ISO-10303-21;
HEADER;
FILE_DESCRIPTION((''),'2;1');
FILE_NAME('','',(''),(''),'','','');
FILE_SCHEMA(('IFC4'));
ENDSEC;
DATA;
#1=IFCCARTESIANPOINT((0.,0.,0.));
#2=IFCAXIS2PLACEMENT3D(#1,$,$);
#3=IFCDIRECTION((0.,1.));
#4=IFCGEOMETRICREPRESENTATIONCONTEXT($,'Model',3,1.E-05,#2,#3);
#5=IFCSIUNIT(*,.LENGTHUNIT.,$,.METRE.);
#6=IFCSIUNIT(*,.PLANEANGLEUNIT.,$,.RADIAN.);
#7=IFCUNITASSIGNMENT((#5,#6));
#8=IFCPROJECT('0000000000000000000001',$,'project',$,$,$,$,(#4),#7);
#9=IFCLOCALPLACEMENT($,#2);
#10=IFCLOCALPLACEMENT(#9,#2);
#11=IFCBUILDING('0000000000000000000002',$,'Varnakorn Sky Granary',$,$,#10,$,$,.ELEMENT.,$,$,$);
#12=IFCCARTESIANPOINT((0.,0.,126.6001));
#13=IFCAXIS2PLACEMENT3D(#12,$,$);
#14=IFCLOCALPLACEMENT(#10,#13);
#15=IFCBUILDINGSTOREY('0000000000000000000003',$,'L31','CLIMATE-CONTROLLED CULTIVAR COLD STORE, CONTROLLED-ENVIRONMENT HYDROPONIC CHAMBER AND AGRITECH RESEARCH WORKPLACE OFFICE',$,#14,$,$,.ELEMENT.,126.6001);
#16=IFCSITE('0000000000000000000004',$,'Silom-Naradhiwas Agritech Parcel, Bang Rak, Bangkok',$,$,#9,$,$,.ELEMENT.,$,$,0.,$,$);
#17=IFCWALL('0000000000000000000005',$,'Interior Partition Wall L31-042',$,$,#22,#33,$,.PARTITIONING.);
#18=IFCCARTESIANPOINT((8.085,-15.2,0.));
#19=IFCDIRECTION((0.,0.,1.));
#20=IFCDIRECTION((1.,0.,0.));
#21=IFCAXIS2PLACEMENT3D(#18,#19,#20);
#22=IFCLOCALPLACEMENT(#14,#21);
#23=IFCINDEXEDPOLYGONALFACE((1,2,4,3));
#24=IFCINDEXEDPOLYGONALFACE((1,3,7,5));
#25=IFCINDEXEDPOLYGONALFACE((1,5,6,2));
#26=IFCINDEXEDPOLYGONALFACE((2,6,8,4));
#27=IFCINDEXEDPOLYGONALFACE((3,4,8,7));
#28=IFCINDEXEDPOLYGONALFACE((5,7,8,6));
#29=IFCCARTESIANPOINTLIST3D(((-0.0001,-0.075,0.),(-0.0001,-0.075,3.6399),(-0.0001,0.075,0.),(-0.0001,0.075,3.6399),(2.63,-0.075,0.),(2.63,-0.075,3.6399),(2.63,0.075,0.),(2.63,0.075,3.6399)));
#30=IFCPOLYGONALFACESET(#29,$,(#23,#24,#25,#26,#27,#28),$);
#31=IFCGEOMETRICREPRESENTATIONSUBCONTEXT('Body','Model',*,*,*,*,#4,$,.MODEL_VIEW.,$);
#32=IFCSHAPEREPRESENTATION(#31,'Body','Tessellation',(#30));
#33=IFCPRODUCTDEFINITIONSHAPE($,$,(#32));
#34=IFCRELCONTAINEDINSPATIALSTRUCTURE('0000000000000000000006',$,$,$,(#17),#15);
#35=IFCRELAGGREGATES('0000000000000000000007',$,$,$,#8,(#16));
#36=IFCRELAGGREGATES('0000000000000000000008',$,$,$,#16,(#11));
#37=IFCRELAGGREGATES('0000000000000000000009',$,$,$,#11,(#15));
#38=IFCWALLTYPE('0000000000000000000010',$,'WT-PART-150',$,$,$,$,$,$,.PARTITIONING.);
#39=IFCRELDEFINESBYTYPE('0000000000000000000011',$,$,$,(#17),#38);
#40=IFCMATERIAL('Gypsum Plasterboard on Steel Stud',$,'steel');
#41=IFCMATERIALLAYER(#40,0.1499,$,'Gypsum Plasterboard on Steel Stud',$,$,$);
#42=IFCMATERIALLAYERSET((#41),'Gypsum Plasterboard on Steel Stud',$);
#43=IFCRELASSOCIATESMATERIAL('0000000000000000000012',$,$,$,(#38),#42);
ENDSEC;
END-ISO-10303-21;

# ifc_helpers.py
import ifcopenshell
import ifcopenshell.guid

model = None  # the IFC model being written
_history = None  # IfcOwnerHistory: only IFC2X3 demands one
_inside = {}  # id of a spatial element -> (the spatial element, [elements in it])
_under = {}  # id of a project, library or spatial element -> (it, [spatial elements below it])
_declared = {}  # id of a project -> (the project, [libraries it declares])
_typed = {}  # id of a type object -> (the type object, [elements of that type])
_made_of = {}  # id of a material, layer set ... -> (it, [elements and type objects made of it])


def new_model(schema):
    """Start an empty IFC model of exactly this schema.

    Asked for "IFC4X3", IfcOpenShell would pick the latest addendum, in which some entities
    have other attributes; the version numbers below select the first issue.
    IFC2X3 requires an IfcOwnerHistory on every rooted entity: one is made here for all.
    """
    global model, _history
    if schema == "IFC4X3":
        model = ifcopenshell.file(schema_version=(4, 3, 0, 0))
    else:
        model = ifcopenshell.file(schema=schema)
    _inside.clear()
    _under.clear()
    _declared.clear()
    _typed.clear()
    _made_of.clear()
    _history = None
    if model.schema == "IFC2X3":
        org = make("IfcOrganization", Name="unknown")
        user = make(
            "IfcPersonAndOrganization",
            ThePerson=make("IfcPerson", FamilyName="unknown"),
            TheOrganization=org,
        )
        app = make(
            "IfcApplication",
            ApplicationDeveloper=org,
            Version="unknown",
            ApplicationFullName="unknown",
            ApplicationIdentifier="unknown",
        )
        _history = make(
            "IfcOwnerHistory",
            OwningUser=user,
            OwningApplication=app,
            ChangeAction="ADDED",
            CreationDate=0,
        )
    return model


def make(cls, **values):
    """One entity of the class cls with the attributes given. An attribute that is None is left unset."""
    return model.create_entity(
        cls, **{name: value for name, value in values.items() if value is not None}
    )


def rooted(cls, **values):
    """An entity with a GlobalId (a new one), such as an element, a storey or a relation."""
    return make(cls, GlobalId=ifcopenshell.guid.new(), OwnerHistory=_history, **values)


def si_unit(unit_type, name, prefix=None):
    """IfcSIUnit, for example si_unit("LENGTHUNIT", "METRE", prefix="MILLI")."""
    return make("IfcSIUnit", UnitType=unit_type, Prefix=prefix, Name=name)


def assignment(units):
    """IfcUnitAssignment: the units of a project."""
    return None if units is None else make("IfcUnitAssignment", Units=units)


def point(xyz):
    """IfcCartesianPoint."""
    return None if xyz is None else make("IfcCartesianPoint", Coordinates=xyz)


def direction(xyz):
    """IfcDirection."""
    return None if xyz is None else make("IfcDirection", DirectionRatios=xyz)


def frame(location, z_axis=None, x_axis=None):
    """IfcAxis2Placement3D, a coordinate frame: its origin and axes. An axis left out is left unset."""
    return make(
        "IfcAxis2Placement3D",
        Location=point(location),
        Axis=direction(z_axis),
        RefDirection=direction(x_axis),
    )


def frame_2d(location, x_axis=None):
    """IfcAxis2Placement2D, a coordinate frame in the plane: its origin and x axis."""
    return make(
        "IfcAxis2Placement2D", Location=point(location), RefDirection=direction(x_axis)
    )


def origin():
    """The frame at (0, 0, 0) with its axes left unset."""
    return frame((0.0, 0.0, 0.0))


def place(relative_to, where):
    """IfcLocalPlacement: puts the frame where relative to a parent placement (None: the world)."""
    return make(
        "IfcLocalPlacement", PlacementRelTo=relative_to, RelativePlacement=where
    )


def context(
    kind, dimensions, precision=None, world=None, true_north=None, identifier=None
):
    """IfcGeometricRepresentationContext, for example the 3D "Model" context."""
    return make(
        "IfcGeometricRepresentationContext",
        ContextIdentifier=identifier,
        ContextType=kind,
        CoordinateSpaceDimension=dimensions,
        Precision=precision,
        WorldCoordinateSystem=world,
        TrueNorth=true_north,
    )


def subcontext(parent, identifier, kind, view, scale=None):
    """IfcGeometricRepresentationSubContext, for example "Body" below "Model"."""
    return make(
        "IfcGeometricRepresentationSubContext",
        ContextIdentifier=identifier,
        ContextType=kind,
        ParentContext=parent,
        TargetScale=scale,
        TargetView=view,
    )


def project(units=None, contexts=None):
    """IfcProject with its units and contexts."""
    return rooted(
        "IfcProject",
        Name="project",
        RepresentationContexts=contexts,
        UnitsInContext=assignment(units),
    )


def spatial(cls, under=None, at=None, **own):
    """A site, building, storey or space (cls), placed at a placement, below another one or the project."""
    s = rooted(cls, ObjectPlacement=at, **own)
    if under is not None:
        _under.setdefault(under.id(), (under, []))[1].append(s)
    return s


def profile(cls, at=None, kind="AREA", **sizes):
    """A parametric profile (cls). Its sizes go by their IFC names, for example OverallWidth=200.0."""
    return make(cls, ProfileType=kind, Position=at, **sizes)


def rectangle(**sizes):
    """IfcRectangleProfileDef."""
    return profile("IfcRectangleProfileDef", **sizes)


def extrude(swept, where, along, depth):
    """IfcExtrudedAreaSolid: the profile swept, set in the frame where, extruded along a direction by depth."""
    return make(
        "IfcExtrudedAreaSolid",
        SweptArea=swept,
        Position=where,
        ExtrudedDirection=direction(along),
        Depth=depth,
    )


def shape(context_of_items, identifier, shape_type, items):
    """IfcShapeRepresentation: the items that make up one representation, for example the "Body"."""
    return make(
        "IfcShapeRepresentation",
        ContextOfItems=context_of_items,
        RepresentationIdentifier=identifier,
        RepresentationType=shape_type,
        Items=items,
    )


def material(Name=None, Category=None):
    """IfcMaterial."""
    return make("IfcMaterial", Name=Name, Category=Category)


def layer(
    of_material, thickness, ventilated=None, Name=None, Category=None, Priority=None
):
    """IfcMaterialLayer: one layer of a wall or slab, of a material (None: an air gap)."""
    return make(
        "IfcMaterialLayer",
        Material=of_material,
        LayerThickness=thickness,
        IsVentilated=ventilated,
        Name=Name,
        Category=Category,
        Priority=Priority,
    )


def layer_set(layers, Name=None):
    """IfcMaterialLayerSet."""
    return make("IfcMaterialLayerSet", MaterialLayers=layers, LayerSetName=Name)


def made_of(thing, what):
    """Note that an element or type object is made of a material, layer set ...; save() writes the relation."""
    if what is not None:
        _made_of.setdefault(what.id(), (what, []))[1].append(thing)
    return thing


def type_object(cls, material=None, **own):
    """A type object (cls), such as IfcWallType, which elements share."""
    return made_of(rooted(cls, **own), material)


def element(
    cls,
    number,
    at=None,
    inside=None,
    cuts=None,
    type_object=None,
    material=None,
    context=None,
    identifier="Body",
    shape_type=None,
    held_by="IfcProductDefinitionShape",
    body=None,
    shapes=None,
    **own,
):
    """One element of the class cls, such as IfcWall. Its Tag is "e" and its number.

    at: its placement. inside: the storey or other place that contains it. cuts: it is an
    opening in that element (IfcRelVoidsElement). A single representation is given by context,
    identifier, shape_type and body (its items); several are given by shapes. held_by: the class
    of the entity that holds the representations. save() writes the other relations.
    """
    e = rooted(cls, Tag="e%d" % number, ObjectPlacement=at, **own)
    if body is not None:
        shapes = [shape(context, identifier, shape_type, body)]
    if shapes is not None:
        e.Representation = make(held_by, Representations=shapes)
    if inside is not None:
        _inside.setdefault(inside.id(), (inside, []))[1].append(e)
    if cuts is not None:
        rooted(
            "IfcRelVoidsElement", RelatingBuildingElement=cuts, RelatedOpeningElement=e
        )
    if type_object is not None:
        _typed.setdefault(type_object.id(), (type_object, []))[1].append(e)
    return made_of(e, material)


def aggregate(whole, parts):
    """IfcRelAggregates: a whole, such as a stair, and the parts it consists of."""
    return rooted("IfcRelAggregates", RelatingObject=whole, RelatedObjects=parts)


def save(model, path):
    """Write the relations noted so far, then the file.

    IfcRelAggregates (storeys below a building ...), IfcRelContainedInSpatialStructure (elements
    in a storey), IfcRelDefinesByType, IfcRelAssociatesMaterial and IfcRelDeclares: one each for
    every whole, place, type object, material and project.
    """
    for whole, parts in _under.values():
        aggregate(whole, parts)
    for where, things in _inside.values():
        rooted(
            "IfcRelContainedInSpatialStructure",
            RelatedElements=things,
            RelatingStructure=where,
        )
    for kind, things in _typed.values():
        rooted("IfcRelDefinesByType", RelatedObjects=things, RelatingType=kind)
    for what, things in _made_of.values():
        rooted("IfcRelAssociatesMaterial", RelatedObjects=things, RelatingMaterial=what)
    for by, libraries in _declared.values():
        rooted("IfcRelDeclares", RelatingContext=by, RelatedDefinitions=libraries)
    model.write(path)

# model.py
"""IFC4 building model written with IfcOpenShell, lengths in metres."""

from ifc_helpers import new_model, si_unit, direction, frame, frame_2d, origin, place, context, subcontext, project, spatial, rectangle, extrude, material, layer, layer_set, type_object, element, save


model = new_model("IFC4")

# Units and contexts
model_context = context("Model", 3, precision=1e-05, world=origin(), true_north=direction((0.0, 1.0)))
body_context = subcontext(model_context, "Body", "Model", "MODEL_VIEW")
ifc_project = project(units=[si_unit("LENGTHUNIT", "METRE"), si_unit("PLANEANGLEUNIT", "RADIAN")], contexts=[model_context])

# Site, building, storey
site_placement = place(None, origin())
site = spatial("IfcSite", under=ifc_project, at=site_placement, Name="Silom-Naradhiwas Agritech Parcel, Bang Rak, Bangkok", CompositionType="ELEMENT", RefElevation=0.0)
building_placement = place(site_placement, origin())
building = spatial("IfcBuilding", under=site, at=building_placement, Name="Varnakorn Sky Granary", CompositionType="ELEMENT")
storey_placement = place(building_placement, frame((0.0, 0.0, 126.6001)))
storey = spatial("IfcBuildingStorey", under=building, at=storey_placement, Name="L31", Description="CLIMATE-CONTROLLED CULTIVAR COLD STORE, CONTROLLED-ENVIRONMENT HYDROPONIC CHAMBER AND AGRITECH RESEARCH WORKPLACE OFFICE", CompositionType="ELEMENT", Elevation=126.6001)

# Wall
ifc_material_1 = material(Name="Gypsum Plasterboard on Steel Stud", Category="steel")
ifc_layer_1 = layer(ifc_material_1, 0.1499, Name="Gypsum Plasterboard on Steel Stud")
ifc_layer_set_1 = layer_set([ifc_layer_1], Name="Gypsum Plasterboard on Steel Stud")
wall_type = type_object("IfcWallType", Name="WT-PART-150", PredefinedType="PARTITIONING", material=ifc_layer_set_1)
wall_placement = place(storey_placement, frame((8.085, -15.2, 0.0), z_axis=(0.0, 0.0, 1.0), x_axis=(1.0, 0.0, 0.0)))
element("IfcWall", 1, at=wall_placement, inside=storey, type_object=wall_type, Name="Interior Partition Wall L31-042", PredefinedType="PARTITIONING", context=body_context, shape_type="SweptSolid", body=[
    extrude(rectangle(XDim=2.6301, YDim=0.1499, at=frame_2d((1.3149, 0.0))), origin(), (0.0, 0.0, 1.0), 3.6399),
])

save(model, "model.ifc")
